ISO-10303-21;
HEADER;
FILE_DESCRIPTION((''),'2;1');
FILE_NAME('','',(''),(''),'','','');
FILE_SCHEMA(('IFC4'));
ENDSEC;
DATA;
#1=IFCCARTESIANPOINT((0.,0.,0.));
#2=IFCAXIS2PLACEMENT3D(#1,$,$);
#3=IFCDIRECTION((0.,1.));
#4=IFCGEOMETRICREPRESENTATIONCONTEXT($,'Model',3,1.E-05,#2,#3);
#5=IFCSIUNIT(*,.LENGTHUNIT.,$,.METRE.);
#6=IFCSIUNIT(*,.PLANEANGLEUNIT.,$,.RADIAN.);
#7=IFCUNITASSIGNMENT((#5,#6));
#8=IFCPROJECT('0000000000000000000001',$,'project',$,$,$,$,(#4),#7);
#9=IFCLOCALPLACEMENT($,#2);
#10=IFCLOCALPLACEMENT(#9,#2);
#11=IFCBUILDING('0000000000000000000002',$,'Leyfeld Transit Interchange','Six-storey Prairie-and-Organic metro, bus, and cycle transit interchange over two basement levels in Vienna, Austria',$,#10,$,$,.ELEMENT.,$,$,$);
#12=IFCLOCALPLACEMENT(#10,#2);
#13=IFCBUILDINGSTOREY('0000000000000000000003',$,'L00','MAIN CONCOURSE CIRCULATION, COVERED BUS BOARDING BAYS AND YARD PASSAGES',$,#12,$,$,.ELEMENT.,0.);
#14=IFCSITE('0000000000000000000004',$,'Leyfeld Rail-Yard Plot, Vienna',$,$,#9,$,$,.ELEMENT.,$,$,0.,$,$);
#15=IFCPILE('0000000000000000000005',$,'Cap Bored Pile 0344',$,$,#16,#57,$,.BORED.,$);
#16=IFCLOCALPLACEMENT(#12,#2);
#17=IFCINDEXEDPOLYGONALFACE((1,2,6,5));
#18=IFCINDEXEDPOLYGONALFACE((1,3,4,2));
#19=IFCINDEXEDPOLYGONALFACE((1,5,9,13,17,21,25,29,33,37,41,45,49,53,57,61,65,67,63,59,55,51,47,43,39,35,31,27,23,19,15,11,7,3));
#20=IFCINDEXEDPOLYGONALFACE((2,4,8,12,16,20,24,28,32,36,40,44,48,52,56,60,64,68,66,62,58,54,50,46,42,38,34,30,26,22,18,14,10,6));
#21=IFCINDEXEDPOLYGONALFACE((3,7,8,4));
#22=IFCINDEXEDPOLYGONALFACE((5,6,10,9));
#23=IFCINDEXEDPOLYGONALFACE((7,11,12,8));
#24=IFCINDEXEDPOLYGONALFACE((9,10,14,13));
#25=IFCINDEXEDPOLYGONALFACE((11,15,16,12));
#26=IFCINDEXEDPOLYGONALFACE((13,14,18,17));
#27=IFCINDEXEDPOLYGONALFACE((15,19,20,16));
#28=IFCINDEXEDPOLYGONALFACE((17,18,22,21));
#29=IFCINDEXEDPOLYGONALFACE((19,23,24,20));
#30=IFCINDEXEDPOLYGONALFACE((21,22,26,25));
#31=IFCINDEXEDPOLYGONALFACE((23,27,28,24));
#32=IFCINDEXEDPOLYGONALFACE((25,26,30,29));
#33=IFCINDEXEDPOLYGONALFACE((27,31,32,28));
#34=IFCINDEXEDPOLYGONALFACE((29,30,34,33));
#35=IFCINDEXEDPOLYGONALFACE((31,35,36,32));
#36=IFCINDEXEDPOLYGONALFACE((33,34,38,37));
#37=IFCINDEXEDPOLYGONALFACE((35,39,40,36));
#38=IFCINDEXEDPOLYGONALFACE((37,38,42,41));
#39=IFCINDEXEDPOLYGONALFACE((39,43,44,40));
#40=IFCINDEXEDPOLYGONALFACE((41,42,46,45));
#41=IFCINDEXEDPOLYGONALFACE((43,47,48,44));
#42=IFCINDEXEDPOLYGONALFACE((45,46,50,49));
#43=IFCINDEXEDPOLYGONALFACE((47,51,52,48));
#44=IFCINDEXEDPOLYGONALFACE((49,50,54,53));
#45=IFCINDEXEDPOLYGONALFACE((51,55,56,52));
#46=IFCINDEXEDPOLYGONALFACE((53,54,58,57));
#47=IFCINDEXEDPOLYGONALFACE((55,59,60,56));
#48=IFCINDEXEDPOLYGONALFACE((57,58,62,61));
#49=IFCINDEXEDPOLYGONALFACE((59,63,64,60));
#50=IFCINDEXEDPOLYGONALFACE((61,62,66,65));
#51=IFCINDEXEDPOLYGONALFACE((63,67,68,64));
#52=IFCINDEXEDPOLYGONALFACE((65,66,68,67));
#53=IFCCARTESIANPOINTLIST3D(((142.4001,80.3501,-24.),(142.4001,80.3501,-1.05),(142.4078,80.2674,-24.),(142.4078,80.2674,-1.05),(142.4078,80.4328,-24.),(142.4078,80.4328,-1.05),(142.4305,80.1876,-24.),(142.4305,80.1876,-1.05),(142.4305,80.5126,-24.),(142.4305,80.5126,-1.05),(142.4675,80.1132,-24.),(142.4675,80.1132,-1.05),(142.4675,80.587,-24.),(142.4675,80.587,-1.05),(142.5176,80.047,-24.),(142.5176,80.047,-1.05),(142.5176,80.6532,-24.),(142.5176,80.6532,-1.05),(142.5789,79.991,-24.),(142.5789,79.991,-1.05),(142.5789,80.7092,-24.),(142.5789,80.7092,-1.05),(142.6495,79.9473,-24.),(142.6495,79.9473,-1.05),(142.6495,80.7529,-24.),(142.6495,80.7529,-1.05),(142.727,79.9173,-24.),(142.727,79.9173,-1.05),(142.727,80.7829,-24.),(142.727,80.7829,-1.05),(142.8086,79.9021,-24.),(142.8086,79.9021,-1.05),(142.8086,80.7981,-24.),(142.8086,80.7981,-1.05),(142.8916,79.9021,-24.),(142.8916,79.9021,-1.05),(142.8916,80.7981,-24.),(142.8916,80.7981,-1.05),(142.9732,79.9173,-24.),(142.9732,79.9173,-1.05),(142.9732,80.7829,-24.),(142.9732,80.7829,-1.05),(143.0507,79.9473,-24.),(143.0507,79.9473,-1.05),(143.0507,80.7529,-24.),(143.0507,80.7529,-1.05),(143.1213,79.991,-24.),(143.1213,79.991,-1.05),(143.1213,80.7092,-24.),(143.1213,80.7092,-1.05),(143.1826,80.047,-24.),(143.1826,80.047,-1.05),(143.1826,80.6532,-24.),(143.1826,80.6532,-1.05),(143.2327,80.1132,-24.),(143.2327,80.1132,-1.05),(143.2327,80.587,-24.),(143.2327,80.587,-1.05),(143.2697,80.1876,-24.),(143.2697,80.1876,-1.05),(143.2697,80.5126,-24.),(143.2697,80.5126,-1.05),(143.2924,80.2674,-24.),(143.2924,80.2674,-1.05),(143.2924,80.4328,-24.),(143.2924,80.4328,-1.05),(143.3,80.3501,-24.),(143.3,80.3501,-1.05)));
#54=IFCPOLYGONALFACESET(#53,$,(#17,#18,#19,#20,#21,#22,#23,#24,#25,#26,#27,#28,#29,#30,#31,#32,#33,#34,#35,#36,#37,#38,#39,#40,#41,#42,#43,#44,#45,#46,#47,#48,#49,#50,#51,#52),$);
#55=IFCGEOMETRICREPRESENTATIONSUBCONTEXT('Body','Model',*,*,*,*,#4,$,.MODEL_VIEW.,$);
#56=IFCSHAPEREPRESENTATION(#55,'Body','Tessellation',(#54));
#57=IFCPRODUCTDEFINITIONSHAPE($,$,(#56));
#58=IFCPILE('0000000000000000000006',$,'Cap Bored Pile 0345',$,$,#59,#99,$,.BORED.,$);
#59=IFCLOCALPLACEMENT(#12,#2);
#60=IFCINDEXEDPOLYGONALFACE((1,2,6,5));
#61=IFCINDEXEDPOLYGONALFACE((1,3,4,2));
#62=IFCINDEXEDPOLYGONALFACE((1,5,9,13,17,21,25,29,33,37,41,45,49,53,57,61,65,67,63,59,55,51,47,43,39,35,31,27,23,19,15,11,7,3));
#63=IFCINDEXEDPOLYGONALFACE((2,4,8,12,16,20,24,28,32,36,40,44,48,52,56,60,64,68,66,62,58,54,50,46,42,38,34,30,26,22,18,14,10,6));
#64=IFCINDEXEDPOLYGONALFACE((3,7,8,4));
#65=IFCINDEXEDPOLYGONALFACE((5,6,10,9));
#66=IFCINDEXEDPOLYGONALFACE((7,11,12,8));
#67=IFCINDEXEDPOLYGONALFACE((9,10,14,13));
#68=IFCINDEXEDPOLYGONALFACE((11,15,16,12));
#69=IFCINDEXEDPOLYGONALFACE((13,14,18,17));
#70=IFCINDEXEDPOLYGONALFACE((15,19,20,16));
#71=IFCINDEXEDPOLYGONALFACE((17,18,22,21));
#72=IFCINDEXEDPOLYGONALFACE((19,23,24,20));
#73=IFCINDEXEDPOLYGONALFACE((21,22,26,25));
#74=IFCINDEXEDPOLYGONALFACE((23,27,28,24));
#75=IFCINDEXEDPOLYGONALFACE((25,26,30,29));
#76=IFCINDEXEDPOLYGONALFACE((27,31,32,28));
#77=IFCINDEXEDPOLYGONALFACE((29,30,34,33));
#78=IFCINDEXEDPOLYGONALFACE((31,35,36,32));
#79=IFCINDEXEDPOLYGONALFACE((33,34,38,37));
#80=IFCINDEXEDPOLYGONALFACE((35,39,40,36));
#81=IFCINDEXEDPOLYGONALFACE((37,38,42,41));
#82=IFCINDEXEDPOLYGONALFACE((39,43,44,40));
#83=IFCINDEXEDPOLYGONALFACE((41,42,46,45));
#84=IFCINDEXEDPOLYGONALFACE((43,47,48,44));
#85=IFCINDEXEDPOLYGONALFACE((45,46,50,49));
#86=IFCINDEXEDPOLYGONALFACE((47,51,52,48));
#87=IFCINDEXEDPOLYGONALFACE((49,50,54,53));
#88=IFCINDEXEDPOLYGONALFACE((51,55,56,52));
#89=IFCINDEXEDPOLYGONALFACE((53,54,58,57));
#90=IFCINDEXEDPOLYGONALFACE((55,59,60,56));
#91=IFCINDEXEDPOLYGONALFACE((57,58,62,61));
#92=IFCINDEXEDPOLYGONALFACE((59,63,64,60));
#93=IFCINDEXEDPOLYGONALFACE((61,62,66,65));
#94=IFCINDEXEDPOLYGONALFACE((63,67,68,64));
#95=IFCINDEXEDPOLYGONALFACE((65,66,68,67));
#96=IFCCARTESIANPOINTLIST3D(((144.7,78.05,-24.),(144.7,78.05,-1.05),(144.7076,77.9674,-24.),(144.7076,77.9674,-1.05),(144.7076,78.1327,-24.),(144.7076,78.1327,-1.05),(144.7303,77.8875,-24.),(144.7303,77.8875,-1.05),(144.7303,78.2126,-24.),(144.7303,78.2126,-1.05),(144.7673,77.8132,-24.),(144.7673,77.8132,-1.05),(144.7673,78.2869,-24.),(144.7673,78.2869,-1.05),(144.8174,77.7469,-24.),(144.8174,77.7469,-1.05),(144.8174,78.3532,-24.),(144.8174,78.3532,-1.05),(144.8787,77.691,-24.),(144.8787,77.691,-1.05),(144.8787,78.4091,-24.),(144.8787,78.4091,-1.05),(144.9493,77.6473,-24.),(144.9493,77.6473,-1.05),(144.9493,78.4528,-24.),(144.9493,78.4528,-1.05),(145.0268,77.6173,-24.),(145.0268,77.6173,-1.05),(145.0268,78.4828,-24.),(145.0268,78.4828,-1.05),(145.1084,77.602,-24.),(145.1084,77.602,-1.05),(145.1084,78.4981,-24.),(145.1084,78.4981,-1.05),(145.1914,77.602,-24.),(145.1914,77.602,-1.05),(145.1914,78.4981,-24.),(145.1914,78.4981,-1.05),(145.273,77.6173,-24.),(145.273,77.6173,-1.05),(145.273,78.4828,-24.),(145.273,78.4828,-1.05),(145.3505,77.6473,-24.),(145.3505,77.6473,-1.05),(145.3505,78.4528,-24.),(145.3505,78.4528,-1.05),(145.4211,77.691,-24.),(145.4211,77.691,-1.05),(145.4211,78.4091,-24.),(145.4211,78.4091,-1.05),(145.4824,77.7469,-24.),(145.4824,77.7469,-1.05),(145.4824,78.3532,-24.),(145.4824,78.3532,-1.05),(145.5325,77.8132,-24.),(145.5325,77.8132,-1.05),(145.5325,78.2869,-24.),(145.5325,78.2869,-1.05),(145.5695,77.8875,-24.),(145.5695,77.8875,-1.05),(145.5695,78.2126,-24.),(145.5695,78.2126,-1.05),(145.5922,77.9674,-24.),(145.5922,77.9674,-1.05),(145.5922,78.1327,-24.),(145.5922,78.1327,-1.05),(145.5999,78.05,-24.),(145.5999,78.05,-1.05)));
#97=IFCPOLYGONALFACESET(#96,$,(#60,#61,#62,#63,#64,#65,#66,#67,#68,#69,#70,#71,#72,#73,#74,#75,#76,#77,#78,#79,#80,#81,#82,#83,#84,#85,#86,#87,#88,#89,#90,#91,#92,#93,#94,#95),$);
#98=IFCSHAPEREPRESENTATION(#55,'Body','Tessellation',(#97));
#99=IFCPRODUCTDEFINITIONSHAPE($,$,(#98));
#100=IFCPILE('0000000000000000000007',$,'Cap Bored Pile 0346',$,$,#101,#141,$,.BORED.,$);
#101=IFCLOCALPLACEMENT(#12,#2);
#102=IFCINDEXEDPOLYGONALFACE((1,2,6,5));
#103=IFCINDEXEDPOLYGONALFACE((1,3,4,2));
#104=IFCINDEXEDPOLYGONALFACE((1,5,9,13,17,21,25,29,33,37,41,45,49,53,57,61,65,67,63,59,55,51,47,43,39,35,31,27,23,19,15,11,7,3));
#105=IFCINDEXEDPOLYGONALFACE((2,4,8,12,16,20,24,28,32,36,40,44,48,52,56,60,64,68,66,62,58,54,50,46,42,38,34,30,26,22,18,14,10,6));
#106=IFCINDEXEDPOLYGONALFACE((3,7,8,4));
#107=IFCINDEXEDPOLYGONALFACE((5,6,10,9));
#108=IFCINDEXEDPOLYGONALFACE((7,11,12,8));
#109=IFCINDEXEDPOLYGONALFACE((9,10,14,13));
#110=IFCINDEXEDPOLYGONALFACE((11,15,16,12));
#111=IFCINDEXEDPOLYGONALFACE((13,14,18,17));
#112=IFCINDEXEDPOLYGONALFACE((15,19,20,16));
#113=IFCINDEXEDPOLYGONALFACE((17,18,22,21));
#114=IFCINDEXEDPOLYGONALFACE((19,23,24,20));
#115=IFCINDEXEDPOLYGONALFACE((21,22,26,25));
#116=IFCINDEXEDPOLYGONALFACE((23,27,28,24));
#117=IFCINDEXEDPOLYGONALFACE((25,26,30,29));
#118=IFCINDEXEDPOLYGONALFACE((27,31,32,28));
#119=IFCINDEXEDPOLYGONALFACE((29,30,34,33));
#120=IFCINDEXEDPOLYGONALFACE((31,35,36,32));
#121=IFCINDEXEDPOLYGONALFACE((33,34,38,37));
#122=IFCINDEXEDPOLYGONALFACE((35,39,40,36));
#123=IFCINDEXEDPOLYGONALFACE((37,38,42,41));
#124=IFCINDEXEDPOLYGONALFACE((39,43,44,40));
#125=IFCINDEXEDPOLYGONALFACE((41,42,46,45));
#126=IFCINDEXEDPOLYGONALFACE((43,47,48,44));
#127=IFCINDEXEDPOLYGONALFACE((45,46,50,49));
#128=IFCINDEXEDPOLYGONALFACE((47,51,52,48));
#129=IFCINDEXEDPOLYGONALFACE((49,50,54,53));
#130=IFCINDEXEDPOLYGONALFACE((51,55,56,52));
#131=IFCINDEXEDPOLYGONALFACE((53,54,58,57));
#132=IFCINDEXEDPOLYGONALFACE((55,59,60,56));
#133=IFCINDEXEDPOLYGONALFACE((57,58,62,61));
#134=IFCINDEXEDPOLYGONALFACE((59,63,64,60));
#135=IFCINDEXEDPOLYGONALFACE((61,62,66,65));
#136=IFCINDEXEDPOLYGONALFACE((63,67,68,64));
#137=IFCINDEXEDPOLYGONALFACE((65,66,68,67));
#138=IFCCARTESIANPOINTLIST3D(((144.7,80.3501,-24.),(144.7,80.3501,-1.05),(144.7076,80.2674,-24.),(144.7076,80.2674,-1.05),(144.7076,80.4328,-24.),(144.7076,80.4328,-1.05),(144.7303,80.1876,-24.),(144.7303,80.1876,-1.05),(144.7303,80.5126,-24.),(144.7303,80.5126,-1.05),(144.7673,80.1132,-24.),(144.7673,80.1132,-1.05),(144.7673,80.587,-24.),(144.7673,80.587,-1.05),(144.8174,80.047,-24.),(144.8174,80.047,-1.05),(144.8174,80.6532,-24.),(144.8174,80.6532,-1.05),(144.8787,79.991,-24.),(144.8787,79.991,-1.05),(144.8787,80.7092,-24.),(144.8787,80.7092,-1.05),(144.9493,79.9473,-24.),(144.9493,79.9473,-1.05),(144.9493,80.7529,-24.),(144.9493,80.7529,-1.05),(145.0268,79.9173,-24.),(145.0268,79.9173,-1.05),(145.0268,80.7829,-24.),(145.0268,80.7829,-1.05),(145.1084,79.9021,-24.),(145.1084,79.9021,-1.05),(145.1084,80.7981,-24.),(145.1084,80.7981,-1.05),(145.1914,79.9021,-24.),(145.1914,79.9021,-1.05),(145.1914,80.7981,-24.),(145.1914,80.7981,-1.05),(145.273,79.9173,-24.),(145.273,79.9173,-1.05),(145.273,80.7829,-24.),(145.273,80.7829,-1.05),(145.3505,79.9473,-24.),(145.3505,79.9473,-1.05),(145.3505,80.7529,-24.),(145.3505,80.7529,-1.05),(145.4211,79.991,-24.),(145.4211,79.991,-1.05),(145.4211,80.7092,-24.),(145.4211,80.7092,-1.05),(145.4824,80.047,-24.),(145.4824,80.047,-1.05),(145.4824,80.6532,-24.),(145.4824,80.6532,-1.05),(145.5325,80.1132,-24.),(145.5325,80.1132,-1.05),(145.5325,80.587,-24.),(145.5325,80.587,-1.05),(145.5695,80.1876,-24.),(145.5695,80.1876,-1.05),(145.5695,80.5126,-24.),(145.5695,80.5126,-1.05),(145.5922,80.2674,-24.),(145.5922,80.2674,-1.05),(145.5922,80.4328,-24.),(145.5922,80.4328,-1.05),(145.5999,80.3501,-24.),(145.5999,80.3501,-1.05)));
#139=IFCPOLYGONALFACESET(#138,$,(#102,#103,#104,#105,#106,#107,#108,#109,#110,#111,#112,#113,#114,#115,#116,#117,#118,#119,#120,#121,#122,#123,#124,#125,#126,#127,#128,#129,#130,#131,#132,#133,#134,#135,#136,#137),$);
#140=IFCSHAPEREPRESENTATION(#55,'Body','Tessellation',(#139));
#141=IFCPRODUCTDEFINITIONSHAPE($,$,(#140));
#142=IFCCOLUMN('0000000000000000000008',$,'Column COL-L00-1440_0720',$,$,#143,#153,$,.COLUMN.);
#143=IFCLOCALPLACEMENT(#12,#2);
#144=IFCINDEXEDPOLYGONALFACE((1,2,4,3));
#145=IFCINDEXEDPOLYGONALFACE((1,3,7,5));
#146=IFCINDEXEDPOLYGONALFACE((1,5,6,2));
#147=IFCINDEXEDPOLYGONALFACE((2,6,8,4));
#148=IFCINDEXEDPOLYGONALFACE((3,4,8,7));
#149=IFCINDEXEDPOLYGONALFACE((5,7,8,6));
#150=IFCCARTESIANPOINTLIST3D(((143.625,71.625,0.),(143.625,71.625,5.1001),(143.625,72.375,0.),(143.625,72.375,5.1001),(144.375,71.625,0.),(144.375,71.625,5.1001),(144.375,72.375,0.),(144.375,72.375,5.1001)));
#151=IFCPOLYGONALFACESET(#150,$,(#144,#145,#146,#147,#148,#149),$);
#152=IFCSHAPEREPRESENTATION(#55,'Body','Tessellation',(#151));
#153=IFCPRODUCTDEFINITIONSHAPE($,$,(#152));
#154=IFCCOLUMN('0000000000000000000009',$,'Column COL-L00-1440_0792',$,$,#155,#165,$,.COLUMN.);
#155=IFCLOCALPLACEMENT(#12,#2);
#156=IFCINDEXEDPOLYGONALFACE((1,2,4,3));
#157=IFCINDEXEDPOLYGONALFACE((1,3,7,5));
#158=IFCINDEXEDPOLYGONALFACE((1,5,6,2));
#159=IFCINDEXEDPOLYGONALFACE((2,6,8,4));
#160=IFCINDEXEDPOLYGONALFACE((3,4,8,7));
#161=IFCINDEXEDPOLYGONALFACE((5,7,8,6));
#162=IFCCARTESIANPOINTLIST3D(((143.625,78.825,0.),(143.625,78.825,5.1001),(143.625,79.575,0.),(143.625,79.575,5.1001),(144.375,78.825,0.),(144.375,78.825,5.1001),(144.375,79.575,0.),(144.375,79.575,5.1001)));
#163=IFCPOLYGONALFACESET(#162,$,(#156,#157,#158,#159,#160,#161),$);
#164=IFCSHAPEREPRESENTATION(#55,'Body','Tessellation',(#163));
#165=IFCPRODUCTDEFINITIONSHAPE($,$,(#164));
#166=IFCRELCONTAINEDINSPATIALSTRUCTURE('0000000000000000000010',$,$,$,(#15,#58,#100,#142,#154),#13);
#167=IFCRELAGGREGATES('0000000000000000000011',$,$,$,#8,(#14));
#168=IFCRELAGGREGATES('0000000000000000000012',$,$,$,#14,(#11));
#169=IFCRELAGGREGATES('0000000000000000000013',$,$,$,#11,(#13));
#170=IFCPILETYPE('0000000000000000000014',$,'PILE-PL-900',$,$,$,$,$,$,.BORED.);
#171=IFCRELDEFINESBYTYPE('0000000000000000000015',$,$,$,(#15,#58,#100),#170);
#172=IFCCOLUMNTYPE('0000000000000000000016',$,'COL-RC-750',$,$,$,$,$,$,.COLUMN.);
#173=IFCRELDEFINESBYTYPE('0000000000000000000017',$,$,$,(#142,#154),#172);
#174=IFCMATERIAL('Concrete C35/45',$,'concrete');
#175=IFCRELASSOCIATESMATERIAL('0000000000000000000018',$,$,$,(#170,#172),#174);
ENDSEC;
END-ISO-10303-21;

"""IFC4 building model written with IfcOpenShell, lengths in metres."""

from ifc_helpers import new_model, si_unit, direction, frame, origin, origin_2d, place, context, subcontext, project, spatial, rectangle, circle, extrude, material, material_profile, profile_set, type_object, element, save


model = new_model("IFC4")

# Units and contexts
model_context = context("Model", 3, precision=1e-05, world=origin(), true_north=direction((0.0, 1.0)))
body_context = subcontext(model_context, "Body", "Model", "MODEL_VIEW")
ifc_project = project(units=[si_unit("LENGTHUNIT", "METRE"), si_unit("PLANEANGLEUNIT", "RADIAN")], contexts=[model_context])

# Site, building, storey
site_placement = place(None, origin())
site = spatial("IfcSite", under=ifc_project, at=site_placement, Name="Leyfeld Rail-Yard Plot, Vienna", CompositionType="ELEMENT", RefElevation=0.0)
building_placement = place(site_placement, origin())
building = spatial("IfcBuilding", under=site, at=building_placement, Name="Leyfeld Transit Interchange", Description="Six-storey Prairie-and-Organic metro, bus, and cycle transit interchange over two basement levels in Vienna, Austria", CompositionType="ELEMENT")
storey_placement = place(building_placement, origin())
storey = spatial("IfcBuildingStorey", under=building, at=storey_placement, Name="L00", Description="MAIN CONCOURSE CIRCULATION, COVERED BUS BOARDING BAYS AND YARD PASSAGES", CompositionType="ELEMENT", Elevation=0.0)

# Shared definitions
ifc_material_1 = material(Name="Concrete C35/45", Category="concrete")

# Piles
ifc_material_profile_1 = material_profile(ifc_material_1, circle(Radius=0.45, at=origin_2d()), Name="PILE D900")
ifc_profile_set_1 = profile_set([ifc_material_profile_1], Name="Concrete C35/45")
pile_type = type_object("IfcPileType", Name="PILE-PL-900", PredefinedType="BORED", material=ifc_profile_set_1)
for number, where, z_axis, x_axis, name in (
    (1, (142.8501, 80.3501, -1.05), (0.0, 0.0, -1.0), (1.0, 0.0, 0.0), "Cap Bored Pile 0344"),
    (2, (145.1499, 78.05, -1.05), (0.0, 0.0, -1.0), (1.0, 0.0, 0.0), "Cap Bored Pile 0345"),
    (3, (145.1499, 80.3501, -1.05), (0.0, 0.0, -1.0), (1.0, 0.0, 0.0), "Cap Bored Pile 0346"),
):
    element("IfcPile", number, at=place(storey_placement, frame(where, z_axis=z_axis, x_axis=x_axis)), inside=storey, type_object=pile_type, Name=name, PredefinedType="BORED", context=body_context, shape_type="SweptSolid", body=[
        extrude(circle(Radius=0.45, at=origin_2d()), origin(), (0.0, 0.0, 1.0), 22.95),
    ])

# Columns
ifc_material_profile_2 = material_profile(ifc_material_1, rectangle(XDim=0.75, YDim=0.75, at=origin_2d()), Name="RC 750x750")
ifc_profile_set_2 = profile_set([ifc_material_profile_2], Name="Concrete C35/45")
column_type = type_object("IfcColumnType", Name="COL-RC-750", PredefinedType="COLUMN", material=ifc_profile_set_2)
for number, where, z_axis, x_axis, name in (
    (4, (144.0, 72.0, 0.0), (0.0, 0.0, 1.0), (1.0, 0.0, 0.0), "Column COL-L00-1440_0720"),
    (5, (144.0, 79.2, 0.0), (0.0, 0.0, 1.0), (1.0, 0.0, 0.0), "Column COL-L00-1440_0792"),
):
    element("IfcColumn", number, at=place(storey_placement, frame(where, z_axis=z_axis, x_axis=x_axis)), inside=storey, type_object=column_type, Name=name, PredefinedType="COLUMN", context=body_context, shape_type="SweptSolid", body=[
        extrude(rectangle(XDim=0.75, YDim=0.75, at=origin_2d()), origin(), (0.0, 0.0, 1.0), 5.1001),
    ])

save(model, "model.ifc")
